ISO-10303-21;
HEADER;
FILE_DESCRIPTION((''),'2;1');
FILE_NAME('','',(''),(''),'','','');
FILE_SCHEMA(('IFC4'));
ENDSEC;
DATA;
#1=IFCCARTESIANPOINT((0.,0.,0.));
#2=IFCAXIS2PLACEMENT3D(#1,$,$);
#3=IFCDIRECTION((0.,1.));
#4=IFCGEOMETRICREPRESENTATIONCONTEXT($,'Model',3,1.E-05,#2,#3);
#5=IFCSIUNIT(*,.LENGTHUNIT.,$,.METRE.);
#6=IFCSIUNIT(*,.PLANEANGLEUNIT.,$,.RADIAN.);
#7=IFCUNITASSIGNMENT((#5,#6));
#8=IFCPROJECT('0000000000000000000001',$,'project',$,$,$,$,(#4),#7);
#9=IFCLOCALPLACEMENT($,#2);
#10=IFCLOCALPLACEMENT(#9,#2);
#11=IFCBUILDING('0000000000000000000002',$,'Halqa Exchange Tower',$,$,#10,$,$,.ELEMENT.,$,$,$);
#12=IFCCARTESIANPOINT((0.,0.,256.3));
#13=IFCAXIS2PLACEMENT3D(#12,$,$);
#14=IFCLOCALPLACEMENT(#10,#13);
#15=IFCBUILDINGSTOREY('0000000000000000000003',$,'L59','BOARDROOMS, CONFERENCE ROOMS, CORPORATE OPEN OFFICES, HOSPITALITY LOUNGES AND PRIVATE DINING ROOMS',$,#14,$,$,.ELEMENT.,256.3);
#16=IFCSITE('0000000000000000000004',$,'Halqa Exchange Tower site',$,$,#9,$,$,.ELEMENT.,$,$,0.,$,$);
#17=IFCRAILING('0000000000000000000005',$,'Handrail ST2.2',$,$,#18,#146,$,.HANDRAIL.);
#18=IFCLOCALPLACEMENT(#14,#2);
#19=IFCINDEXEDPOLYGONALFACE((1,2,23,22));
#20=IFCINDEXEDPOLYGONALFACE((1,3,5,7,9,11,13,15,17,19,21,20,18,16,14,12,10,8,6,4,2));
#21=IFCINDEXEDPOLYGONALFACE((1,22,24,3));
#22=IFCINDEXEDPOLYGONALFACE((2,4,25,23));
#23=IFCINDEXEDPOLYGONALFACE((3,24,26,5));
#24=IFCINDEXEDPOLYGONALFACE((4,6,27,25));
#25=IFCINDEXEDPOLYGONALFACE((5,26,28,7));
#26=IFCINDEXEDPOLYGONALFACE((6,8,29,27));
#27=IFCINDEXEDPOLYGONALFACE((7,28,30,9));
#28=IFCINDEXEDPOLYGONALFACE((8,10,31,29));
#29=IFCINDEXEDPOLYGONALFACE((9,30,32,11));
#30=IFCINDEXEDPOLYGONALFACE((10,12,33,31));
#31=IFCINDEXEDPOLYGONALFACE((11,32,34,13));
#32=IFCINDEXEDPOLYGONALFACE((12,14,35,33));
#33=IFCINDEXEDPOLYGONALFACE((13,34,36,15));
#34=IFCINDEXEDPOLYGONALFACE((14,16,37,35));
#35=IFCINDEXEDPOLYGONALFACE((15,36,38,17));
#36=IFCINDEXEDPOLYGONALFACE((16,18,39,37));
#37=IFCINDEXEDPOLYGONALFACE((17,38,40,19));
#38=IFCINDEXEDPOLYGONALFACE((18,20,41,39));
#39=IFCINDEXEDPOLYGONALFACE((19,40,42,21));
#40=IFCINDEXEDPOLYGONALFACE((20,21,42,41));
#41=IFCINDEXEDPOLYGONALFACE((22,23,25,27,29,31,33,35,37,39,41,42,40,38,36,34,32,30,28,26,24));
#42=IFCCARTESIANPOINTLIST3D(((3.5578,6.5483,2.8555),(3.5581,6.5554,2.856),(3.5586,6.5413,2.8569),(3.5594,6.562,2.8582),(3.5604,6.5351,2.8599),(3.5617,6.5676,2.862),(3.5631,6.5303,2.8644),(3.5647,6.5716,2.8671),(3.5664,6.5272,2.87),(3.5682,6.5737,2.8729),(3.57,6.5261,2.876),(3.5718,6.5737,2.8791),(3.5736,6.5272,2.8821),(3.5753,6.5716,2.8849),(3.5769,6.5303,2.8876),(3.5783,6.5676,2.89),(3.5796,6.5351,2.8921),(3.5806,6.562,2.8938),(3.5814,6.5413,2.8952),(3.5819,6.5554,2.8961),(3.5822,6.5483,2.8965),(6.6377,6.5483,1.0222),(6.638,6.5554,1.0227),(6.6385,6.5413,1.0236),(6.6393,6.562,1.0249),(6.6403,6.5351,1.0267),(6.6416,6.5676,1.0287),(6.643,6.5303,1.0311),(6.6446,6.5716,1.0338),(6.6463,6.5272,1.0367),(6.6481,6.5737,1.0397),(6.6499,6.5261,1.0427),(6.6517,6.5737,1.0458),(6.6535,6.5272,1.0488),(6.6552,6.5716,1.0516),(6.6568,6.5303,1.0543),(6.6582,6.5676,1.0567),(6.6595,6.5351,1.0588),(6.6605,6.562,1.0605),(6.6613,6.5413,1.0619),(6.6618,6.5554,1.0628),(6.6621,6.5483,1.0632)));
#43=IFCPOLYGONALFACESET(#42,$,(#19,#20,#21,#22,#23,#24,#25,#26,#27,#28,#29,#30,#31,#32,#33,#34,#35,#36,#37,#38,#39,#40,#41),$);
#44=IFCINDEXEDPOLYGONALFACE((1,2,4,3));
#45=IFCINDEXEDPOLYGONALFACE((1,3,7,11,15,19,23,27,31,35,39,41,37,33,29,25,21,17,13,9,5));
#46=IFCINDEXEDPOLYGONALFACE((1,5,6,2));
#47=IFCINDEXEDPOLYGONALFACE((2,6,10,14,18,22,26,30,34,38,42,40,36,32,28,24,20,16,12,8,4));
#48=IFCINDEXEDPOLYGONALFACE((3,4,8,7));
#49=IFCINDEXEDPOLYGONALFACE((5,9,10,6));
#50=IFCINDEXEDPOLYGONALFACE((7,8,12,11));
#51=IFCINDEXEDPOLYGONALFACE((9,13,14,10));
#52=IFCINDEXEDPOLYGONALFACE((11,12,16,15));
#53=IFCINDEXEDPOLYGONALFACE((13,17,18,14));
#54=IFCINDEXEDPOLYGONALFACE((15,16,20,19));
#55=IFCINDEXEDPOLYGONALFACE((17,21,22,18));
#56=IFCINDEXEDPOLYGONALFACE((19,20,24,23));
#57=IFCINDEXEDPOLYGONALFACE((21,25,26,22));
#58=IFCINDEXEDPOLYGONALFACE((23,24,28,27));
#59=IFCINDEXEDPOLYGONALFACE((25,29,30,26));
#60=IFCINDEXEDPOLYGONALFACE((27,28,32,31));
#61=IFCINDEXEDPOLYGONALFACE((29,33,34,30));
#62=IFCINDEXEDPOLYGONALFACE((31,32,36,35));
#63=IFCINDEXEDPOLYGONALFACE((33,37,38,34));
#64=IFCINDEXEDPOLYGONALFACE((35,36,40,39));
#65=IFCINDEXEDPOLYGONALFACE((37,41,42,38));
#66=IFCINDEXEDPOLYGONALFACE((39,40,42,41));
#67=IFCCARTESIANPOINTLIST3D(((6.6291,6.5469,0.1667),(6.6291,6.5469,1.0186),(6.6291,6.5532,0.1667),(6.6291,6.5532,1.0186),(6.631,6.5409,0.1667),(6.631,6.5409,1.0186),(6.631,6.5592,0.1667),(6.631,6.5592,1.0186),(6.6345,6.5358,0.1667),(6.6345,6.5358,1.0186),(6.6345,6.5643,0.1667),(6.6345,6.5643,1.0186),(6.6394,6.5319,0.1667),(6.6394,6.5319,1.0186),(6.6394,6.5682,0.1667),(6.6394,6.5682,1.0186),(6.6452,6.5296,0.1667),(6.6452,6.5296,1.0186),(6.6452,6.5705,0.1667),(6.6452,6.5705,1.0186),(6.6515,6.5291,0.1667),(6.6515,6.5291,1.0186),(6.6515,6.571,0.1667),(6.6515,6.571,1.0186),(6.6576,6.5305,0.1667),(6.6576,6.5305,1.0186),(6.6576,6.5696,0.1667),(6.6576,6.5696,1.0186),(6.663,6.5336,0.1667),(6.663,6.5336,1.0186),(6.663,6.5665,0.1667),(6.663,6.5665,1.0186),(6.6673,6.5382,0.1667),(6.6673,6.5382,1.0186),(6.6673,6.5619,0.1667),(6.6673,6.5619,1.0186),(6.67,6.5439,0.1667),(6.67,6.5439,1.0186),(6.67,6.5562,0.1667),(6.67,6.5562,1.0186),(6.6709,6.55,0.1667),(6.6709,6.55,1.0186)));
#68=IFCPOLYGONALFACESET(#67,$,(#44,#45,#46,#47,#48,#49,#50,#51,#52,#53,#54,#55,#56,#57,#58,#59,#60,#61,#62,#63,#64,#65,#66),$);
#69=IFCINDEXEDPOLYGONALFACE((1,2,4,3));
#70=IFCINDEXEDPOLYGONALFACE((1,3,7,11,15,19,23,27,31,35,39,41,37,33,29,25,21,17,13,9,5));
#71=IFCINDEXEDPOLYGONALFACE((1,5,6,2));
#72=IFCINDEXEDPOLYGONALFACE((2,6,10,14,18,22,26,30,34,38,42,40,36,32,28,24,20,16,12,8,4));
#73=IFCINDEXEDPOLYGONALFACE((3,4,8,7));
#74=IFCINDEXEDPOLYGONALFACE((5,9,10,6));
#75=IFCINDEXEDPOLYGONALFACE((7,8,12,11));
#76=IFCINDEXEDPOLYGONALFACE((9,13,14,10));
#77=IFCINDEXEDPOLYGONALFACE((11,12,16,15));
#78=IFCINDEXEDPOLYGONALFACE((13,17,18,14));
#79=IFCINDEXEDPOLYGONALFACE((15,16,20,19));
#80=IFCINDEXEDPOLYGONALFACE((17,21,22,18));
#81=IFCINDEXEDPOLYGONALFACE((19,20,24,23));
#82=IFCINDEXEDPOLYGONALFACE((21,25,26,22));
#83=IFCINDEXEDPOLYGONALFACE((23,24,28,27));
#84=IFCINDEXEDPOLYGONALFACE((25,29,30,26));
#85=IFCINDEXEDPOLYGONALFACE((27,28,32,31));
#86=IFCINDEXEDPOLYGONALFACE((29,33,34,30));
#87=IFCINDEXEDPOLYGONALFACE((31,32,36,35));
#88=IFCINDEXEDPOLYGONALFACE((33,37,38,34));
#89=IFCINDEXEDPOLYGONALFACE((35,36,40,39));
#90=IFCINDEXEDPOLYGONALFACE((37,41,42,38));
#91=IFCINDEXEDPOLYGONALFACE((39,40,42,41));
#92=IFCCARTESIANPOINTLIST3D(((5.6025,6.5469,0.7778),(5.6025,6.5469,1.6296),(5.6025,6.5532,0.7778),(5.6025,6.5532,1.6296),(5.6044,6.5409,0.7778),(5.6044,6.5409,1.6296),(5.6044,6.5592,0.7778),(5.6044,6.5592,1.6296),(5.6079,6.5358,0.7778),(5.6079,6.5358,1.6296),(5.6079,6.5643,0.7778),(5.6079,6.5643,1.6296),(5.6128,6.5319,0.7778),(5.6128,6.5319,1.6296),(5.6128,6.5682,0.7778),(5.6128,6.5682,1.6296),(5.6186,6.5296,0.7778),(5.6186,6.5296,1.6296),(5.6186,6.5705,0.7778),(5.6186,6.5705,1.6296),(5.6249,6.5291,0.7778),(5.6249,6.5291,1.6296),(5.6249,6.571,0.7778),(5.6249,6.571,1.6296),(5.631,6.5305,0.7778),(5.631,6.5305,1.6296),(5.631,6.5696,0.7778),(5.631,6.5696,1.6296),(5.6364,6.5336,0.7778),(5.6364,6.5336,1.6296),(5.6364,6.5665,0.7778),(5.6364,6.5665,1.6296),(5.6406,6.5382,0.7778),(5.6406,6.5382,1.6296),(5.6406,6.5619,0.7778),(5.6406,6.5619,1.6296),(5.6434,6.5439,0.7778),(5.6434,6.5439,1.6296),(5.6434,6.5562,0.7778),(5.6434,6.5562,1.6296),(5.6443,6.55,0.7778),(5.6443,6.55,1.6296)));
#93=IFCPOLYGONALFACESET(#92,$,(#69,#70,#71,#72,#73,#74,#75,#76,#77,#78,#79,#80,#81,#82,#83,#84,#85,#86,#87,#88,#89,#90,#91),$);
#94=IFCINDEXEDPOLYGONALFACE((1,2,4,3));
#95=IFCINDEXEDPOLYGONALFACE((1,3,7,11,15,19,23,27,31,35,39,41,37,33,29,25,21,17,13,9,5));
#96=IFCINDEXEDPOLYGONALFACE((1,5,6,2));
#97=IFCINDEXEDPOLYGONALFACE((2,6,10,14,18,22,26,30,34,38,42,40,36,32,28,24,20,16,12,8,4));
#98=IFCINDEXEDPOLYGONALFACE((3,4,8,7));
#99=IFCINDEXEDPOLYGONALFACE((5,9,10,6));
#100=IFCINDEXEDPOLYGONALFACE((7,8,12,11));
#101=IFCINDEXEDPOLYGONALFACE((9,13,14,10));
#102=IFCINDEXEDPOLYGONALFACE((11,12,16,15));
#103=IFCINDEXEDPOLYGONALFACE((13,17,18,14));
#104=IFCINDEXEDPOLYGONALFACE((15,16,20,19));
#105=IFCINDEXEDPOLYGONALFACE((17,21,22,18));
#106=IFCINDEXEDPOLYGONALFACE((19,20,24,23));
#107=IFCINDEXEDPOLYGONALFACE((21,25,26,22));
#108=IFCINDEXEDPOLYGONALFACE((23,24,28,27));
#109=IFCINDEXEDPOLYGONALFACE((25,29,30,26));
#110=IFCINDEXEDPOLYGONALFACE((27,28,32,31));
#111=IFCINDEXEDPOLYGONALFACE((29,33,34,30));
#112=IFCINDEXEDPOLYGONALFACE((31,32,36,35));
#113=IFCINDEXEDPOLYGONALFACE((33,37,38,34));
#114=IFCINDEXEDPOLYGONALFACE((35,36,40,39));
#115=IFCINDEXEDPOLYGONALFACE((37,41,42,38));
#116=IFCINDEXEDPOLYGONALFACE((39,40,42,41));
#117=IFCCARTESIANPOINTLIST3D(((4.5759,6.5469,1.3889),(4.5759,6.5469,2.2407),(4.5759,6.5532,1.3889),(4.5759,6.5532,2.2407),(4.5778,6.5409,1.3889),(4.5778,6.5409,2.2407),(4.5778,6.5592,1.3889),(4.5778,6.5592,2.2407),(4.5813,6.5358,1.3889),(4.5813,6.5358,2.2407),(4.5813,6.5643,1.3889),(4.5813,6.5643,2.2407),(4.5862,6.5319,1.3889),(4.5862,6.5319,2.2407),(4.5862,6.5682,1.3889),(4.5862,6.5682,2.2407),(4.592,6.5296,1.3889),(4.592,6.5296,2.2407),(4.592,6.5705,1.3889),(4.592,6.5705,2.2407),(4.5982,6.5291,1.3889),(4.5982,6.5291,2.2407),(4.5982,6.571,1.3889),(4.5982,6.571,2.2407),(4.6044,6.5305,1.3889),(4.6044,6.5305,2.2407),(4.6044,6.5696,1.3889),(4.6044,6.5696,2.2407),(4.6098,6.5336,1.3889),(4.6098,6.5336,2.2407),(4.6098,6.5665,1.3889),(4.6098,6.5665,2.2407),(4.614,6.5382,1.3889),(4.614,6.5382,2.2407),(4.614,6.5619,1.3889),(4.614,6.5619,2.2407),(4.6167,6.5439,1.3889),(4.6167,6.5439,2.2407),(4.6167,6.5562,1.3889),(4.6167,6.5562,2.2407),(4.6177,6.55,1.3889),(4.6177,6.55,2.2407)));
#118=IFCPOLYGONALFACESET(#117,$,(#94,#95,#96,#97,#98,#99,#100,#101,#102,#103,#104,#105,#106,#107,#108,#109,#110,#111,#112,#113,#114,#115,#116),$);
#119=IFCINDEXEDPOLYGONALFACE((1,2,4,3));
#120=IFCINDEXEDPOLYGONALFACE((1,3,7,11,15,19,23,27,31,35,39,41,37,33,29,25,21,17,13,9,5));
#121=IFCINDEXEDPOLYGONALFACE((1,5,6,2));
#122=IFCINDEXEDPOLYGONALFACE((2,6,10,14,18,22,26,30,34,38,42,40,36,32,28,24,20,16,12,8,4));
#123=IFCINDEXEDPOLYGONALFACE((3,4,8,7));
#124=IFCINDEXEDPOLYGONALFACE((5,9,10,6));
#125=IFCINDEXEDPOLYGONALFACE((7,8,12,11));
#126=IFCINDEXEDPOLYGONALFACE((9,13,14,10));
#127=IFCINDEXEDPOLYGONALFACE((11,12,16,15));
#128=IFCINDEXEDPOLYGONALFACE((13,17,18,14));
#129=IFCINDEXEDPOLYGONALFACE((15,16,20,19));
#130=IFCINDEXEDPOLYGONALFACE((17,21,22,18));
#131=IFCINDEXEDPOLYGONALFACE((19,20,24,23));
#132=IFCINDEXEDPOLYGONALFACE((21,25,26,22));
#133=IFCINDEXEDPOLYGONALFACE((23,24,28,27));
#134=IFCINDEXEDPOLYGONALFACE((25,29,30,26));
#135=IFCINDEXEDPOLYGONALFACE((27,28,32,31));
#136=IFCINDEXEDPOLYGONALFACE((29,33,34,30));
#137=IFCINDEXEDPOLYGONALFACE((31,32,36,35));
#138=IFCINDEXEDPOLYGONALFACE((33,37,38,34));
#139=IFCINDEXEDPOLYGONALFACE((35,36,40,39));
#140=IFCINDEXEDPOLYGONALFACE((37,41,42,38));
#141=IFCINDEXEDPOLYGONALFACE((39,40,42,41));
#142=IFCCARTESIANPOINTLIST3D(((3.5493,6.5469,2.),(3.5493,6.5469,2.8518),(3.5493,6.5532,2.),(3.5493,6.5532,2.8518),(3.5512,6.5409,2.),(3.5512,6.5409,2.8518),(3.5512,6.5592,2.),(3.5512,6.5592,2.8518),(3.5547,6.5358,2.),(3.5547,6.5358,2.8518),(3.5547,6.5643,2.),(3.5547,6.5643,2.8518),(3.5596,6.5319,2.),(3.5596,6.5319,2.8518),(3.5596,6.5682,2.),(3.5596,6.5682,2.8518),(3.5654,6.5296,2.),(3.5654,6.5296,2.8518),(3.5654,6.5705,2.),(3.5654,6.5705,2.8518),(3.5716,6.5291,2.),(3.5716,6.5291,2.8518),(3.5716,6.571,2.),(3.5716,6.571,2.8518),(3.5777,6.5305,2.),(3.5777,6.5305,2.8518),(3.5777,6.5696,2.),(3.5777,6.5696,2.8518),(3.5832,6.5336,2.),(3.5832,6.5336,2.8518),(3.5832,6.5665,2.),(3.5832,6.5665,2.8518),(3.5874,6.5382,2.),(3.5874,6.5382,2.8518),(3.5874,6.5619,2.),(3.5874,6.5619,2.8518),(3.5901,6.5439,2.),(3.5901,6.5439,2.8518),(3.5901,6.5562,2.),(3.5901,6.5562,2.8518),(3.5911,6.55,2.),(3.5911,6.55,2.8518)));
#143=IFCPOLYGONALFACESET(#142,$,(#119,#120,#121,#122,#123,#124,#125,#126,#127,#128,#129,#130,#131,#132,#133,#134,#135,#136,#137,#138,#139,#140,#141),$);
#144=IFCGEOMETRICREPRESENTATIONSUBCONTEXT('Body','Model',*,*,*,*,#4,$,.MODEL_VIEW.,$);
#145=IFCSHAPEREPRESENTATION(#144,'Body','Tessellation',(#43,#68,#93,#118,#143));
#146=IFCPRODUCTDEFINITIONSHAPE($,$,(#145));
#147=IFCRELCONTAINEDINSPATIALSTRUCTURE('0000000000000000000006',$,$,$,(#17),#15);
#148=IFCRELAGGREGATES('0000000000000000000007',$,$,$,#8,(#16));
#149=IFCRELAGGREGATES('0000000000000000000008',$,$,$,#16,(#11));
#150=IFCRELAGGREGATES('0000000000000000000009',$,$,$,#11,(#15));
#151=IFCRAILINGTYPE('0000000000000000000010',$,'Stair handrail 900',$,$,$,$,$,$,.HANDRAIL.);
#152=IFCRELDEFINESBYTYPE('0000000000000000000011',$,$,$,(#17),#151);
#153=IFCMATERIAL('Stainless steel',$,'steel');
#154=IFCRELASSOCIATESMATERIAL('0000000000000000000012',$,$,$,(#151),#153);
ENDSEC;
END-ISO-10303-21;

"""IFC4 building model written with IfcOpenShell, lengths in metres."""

from ifc_helpers import new_model, si_unit, direction, frame, origin, origin_2d, place, context, subcontext, project, spatial, circle, extrude, material, type_object, element, save


model = new_model("IFC4")

# Units and contexts
model_context = context("Model", 3, precision=1e-05, world=origin(), true_north=direction((0.0, 1.0)))
body_context = subcontext(model_context, "Body", "Model", "MODEL_VIEW")
ifc_project = project(units=[si_unit("LENGTHUNIT", "METRE"), si_unit("PLANEANGLEUNIT", "RADIAN")], contexts=[model_context])

# Site, building, storey
site_placement = place(None, origin())
site = spatial("IfcSite", under=ifc_project, at=site_placement, Name="Halqa Exchange Tower site", CompositionType="ELEMENT", RefElevation=0.0)
building_placement = place(site_placement, origin())
building = spatial("IfcBuilding", under=site, at=building_placement, Name="Halqa Exchange Tower", CompositionType="ELEMENT")
storey_placement = place(building_placement, frame((0.0, 0.0, 256.3)))
storey = spatial("IfcBuildingStorey", under=building, at=storey_placement, Name="L59", Description="BOARDROOMS, CONFERENCE ROOMS, CORPORATE OPEN OFFICES, HOSPITALITY LOUNGES AND PRIVATE DINING ROOMS", CompositionType="ELEMENT", Elevation=256.3)

# Railing
ifc_material_1 = material(Name="Stainless steel", Category="steel")
railing_type_1 = type_object("IfcRailingType", Name="Stair handrail 900", PredefinedType="HANDRAIL", material=ifc_material_1)
railing_1_placement = place(storey_placement, frame((6.6499, 6.55, 0.1667)))
element("IfcRailing", 1, at=railing_1_placement, inside=storey, type_object=railing_type_1, Name="Handrail ST2.2", PredefinedType="HANDRAIL", context=body_context, shape_type="SweptSolid", body=[
    extrude(circle(Radius=0.0239, at=origin_2d()), frame((0.0, 0.0, 0.876), z_axis=(-0.859291, 0.0, 0.511487), x_axis=(0.0, -1.0, 0.0)), (0.0, 0.0, 1.0), 3.5842),
    extrude(circle(Radius=0.021, at=origin_2d()), origin(), (0.0, 0.0, 1.0), 0.8518),
    extrude(circle(Radius=0.021, at=origin_2d()), frame((-1.0266, 0.0, 0.6111)), (0.0, 0.0, 1.0), 0.8518),
    extrude(circle(Radius=0.021, at=origin_2d()), frame((-2.0532, 0.0, 1.2222)), (0.0, 0.0, 1.0), 0.8518),
    extrude(circle(Radius=0.021, at=origin_2d()), frame((-3.0798, 0.0, 1.8333)), (0.0, 0.0, 1.0), 0.8518),
])

save(model, "model.ifc")
